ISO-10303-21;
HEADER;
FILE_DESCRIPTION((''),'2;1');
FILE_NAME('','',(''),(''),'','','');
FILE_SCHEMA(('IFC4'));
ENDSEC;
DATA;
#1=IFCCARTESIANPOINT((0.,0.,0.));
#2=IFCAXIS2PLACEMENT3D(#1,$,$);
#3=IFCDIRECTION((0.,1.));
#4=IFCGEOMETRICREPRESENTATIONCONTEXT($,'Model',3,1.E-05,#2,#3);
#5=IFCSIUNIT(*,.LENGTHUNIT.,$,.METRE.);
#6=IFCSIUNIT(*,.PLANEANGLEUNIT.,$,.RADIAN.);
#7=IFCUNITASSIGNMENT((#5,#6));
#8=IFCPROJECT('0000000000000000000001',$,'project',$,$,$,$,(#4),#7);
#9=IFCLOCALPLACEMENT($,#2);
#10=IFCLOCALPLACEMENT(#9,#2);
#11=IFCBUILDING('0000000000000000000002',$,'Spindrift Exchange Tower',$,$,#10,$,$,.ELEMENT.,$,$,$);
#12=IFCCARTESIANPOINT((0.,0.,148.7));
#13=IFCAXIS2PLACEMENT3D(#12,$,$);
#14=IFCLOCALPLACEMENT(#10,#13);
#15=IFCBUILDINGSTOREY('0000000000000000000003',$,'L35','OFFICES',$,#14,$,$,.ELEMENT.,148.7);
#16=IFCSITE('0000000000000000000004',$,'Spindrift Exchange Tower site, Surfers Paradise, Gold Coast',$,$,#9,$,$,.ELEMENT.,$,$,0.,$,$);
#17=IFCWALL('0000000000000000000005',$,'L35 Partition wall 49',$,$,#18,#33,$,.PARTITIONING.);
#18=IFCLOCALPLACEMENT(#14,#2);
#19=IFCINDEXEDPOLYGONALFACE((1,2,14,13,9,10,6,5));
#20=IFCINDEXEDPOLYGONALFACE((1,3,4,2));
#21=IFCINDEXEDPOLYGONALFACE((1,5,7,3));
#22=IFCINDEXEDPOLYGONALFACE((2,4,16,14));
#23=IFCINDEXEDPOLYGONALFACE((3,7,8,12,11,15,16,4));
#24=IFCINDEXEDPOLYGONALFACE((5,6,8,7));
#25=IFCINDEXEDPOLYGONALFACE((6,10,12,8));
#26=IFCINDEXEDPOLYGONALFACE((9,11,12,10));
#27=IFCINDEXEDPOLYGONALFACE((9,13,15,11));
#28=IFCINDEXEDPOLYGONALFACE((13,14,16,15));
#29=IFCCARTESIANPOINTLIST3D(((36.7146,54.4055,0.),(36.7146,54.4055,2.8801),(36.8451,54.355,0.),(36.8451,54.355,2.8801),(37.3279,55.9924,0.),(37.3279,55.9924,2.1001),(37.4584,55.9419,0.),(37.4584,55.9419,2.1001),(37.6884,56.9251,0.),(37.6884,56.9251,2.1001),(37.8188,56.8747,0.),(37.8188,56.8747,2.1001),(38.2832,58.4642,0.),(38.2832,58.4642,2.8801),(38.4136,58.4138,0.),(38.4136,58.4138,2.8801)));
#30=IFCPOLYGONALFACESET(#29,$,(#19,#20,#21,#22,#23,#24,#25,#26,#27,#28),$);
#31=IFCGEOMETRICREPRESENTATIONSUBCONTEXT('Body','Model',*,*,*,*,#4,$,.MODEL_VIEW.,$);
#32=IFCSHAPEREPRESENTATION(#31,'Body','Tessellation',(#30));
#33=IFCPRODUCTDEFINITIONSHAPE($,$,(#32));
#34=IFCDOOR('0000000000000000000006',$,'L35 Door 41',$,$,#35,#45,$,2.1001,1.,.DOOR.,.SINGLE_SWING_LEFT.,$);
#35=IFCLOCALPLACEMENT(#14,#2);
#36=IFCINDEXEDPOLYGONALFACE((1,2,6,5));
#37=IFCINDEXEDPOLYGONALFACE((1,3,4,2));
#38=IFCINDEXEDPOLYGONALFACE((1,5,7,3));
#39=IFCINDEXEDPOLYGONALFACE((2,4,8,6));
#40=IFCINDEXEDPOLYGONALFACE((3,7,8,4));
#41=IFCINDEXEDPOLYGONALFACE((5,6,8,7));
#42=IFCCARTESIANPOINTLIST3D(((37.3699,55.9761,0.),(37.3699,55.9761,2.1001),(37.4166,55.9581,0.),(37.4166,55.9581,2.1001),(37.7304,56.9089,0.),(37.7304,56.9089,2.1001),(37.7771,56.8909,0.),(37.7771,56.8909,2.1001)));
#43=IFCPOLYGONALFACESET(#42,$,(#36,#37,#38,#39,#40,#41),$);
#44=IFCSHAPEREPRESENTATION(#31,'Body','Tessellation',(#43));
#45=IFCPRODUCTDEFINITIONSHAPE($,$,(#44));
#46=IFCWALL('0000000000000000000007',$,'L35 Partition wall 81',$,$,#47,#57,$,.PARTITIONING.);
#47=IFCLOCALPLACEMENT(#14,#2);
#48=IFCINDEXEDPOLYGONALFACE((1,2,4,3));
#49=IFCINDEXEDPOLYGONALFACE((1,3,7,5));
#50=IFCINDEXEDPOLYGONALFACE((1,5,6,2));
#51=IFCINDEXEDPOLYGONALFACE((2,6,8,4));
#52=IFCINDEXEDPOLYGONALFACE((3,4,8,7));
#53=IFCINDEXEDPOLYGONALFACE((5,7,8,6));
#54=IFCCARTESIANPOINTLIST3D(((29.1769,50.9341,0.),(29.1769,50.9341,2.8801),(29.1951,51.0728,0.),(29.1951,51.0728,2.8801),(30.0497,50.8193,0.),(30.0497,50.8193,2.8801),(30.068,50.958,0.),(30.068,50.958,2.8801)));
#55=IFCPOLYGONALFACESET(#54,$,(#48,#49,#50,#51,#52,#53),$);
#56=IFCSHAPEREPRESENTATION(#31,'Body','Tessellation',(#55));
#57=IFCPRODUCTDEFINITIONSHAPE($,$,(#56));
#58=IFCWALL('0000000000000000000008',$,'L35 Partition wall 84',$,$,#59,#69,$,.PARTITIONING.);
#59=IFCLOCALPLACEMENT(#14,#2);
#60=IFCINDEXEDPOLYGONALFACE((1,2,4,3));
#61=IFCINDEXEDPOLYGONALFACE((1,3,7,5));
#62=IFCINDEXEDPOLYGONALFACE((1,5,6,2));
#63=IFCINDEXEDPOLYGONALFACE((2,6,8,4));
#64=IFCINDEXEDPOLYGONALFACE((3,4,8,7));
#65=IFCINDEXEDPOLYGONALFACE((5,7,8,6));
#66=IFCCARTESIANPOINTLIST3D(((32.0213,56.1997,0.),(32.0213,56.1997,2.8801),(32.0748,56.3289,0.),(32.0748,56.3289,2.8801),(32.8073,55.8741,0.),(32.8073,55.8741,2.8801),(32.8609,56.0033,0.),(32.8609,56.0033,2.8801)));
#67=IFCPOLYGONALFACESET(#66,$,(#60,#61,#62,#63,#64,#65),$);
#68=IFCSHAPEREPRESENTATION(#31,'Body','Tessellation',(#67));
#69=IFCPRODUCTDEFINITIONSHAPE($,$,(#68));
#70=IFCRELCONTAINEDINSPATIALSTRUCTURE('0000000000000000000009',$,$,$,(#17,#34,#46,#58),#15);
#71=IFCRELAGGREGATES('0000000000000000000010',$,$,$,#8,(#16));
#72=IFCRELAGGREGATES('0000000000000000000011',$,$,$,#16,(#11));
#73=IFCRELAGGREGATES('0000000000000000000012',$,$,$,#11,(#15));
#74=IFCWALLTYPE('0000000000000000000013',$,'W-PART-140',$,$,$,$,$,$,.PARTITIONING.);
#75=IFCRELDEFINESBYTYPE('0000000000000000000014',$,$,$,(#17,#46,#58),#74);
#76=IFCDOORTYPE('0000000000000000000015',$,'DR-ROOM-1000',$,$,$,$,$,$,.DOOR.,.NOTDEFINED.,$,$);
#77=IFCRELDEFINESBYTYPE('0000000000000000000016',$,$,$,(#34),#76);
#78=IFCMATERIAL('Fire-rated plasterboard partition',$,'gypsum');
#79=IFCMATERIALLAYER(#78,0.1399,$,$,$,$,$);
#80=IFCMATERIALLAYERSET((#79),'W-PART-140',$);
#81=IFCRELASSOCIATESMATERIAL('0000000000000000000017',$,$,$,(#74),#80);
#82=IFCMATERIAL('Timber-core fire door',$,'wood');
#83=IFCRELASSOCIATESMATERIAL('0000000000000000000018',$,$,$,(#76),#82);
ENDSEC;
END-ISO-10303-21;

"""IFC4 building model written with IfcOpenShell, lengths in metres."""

from ifc_helpers import new_model, si_unit, direction, frame, frame_2d, origin, place, context, subcontext, project, spatial, rectangle, extrude, source, transform, mapped, material, layer, layer_set, type_object, element, fill, save


model = new_model("IFC4")

# Units and contexts
model_context = context("Model", 3, precision=1e-05, world=origin(), true_north=direction((0.0, 1.0)))
body_context = subcontext(model_context, "Body", "Model", "MODEL_VIEW")
ifc_project = project(units=[si_unit("LENGTHUNIT", "METRE"), si_unit("PLANEANGLEUNIT", "RADIAN")], contexts=[model_context])

# Site, building, storey
site_placement = place(None, origin())
site = spatial("IfcSite", under=ifc_project, at=site_placement, Name="Spindrift Exchange Tower site, Surfers Paradise, Gold Coast", CompositionType="ELEMENT", RefElevation=0.0)
building_placement = place(site_placement, origin())
building = spatial("IfcBuilding", under=site, at=building_placement, Name="Spindrift Exchange Tower", CompositionType="ELEMENT")
storey_placement = place(building_placement, frame((0.0, 0.0, 148.7)))
storey = spatial("IfcBuildingStorey", under=building, at=storey_placement, Name="L35", Description="OFFICES", CompositionType="ELEMENT", Elevation=148.7)

# Shared definitions
ifc_material_1 = material(Name="Fire-rated plasterboard partition", Category="gypsum")
ifc_layer_1 = layer(ifc_material_1, 0.1399)
ifc_layer_set_1 = layer_set([ifc_layer_1], Name="W-PART-140")
wall_type = type_object("IfcWallType", Name="W-PART-140", PredefinedType="PARTITIONING", material=ifc_layer_set_1)

# Wall, opening, door
wall_1_placement = place(storey_placement, frame((36.7798, 54.3801, 0.0), z_axis=(0.0, 0.0, 1.0), x_axis=(0.360482, 0.932766, 0.0)))
wall_1 = element("IfcWall", 1, at=wall_1_placement, inside=storey, type_object=wall_type, Name="L35 Partition wall 49", PredefinedType="PARTITIONING", context=body_context, shape_type="SweptSolid", body=[
    extrude(rectangle(XDim=4.3513, YDim=0.1399, at=frame_2d((2.1758, 0.0))), origin(), (0.0, 0.0, 1.0), 2.8801),
])
opening_placement = place(wall_1_placement, frame((1.7014, 0.0, 0.0)))
opening = element("IfcOpeningElement", 2, at=opening_placement, cuts=wall_1, PredefinedType="OPENING", context=body_context, shape_type="SweptSolid", body=[
    extrude(rectangle(XDim=1.0, YDim=2.1001, at=frame_2d((0.5, 1.05))), frame((0.0, 0.0798, 0.0), z_axis=(0.0, -1.0, 0.0), x_axis=(1.0, 0.0, 0.0)), (0.0, 0.0, 1.0), 0.1599),
])
ifc_material_2 = material(Name="Timber-core fire door", Category="wood")
door_type = type_object("IfcDoorType", Name="DR-ROOM-1000", OperationType="NOTDEFINED", PredefinedType="DOOR", material=ifc_material_2)
shared_shape_1 = source(origin(), body_context, "Body", "SweptSolid", [
    extrude(rectangle(XDim=1.0, YDim=2.1001, at=frame_2d((0.5, 1.05))), frame((0.0, 0.0249, 0.0), z_axis=(0.0, -1.0, 0.0), x_axis=(1.0, 0.0, 0.0)), (0.0, 0.0, 1.0), 0.05),
])
door_placement = place(opening_placement, origin())
door = element("IfcDoor", 3, at=door_placement, inside=storey, type_object=door_type, Name="L35 Door 41", OperationType="SINGLE_SWING_LEFT", OverallHeight=2.1001, OverallWidth=1.0, PredefinedType="DOOR", context=body_context, shape_type="MappedRepresentation", body=[
    mapped(shared_shape_1, transform((0.0, 0.0, 0.0), scale=1.0)),
])
fill(opening, door)

# Walls
wall_2_placement = place(storey_placement, frame((30.0588, 50.8887, 0.0), z_axis=(0.0, 0.0, 1.0), x_axis=(-0.991468, 0.130347, 0.0)))
element("IfcWall", 4, at=wall_2_placement, inside=storey, type_object=wall_type, Name="L35 Partition wall 81", PredefinedType="PARTITIONING", context=body_context, shape_type="SweptSolid", body=[
    extrude(rectangle(XDim=0.8804, YDim=0.1399, at=frame_2d((0.4402, 0.0))), origin(), (0.0, 0.0, 1.0), 2.8801),
])
wall_3_placement = place(storey_placement, frame((32.834, 55.9387, 0.0), z_axis=(0.0, 0.0, 1.0), x_axis=(-0.923856, 0.38274, 0.0)))
element("IfcWall", 5, at=wall_3_placement, inside=storey, type_object=wall_type, Name="L35 Partition wall 84", PredefinedType="PARTITIONING", context=body_context, shape_type="SweptSolid", body=[
    extrude(rectangle(XDim=0.8508, YDim=0.1399, at=frame_2d((0.4253, 0.0))), origin(), (0.0, 0.0, 1.0), 2.8801),
])

save(model, "model.ifc")
